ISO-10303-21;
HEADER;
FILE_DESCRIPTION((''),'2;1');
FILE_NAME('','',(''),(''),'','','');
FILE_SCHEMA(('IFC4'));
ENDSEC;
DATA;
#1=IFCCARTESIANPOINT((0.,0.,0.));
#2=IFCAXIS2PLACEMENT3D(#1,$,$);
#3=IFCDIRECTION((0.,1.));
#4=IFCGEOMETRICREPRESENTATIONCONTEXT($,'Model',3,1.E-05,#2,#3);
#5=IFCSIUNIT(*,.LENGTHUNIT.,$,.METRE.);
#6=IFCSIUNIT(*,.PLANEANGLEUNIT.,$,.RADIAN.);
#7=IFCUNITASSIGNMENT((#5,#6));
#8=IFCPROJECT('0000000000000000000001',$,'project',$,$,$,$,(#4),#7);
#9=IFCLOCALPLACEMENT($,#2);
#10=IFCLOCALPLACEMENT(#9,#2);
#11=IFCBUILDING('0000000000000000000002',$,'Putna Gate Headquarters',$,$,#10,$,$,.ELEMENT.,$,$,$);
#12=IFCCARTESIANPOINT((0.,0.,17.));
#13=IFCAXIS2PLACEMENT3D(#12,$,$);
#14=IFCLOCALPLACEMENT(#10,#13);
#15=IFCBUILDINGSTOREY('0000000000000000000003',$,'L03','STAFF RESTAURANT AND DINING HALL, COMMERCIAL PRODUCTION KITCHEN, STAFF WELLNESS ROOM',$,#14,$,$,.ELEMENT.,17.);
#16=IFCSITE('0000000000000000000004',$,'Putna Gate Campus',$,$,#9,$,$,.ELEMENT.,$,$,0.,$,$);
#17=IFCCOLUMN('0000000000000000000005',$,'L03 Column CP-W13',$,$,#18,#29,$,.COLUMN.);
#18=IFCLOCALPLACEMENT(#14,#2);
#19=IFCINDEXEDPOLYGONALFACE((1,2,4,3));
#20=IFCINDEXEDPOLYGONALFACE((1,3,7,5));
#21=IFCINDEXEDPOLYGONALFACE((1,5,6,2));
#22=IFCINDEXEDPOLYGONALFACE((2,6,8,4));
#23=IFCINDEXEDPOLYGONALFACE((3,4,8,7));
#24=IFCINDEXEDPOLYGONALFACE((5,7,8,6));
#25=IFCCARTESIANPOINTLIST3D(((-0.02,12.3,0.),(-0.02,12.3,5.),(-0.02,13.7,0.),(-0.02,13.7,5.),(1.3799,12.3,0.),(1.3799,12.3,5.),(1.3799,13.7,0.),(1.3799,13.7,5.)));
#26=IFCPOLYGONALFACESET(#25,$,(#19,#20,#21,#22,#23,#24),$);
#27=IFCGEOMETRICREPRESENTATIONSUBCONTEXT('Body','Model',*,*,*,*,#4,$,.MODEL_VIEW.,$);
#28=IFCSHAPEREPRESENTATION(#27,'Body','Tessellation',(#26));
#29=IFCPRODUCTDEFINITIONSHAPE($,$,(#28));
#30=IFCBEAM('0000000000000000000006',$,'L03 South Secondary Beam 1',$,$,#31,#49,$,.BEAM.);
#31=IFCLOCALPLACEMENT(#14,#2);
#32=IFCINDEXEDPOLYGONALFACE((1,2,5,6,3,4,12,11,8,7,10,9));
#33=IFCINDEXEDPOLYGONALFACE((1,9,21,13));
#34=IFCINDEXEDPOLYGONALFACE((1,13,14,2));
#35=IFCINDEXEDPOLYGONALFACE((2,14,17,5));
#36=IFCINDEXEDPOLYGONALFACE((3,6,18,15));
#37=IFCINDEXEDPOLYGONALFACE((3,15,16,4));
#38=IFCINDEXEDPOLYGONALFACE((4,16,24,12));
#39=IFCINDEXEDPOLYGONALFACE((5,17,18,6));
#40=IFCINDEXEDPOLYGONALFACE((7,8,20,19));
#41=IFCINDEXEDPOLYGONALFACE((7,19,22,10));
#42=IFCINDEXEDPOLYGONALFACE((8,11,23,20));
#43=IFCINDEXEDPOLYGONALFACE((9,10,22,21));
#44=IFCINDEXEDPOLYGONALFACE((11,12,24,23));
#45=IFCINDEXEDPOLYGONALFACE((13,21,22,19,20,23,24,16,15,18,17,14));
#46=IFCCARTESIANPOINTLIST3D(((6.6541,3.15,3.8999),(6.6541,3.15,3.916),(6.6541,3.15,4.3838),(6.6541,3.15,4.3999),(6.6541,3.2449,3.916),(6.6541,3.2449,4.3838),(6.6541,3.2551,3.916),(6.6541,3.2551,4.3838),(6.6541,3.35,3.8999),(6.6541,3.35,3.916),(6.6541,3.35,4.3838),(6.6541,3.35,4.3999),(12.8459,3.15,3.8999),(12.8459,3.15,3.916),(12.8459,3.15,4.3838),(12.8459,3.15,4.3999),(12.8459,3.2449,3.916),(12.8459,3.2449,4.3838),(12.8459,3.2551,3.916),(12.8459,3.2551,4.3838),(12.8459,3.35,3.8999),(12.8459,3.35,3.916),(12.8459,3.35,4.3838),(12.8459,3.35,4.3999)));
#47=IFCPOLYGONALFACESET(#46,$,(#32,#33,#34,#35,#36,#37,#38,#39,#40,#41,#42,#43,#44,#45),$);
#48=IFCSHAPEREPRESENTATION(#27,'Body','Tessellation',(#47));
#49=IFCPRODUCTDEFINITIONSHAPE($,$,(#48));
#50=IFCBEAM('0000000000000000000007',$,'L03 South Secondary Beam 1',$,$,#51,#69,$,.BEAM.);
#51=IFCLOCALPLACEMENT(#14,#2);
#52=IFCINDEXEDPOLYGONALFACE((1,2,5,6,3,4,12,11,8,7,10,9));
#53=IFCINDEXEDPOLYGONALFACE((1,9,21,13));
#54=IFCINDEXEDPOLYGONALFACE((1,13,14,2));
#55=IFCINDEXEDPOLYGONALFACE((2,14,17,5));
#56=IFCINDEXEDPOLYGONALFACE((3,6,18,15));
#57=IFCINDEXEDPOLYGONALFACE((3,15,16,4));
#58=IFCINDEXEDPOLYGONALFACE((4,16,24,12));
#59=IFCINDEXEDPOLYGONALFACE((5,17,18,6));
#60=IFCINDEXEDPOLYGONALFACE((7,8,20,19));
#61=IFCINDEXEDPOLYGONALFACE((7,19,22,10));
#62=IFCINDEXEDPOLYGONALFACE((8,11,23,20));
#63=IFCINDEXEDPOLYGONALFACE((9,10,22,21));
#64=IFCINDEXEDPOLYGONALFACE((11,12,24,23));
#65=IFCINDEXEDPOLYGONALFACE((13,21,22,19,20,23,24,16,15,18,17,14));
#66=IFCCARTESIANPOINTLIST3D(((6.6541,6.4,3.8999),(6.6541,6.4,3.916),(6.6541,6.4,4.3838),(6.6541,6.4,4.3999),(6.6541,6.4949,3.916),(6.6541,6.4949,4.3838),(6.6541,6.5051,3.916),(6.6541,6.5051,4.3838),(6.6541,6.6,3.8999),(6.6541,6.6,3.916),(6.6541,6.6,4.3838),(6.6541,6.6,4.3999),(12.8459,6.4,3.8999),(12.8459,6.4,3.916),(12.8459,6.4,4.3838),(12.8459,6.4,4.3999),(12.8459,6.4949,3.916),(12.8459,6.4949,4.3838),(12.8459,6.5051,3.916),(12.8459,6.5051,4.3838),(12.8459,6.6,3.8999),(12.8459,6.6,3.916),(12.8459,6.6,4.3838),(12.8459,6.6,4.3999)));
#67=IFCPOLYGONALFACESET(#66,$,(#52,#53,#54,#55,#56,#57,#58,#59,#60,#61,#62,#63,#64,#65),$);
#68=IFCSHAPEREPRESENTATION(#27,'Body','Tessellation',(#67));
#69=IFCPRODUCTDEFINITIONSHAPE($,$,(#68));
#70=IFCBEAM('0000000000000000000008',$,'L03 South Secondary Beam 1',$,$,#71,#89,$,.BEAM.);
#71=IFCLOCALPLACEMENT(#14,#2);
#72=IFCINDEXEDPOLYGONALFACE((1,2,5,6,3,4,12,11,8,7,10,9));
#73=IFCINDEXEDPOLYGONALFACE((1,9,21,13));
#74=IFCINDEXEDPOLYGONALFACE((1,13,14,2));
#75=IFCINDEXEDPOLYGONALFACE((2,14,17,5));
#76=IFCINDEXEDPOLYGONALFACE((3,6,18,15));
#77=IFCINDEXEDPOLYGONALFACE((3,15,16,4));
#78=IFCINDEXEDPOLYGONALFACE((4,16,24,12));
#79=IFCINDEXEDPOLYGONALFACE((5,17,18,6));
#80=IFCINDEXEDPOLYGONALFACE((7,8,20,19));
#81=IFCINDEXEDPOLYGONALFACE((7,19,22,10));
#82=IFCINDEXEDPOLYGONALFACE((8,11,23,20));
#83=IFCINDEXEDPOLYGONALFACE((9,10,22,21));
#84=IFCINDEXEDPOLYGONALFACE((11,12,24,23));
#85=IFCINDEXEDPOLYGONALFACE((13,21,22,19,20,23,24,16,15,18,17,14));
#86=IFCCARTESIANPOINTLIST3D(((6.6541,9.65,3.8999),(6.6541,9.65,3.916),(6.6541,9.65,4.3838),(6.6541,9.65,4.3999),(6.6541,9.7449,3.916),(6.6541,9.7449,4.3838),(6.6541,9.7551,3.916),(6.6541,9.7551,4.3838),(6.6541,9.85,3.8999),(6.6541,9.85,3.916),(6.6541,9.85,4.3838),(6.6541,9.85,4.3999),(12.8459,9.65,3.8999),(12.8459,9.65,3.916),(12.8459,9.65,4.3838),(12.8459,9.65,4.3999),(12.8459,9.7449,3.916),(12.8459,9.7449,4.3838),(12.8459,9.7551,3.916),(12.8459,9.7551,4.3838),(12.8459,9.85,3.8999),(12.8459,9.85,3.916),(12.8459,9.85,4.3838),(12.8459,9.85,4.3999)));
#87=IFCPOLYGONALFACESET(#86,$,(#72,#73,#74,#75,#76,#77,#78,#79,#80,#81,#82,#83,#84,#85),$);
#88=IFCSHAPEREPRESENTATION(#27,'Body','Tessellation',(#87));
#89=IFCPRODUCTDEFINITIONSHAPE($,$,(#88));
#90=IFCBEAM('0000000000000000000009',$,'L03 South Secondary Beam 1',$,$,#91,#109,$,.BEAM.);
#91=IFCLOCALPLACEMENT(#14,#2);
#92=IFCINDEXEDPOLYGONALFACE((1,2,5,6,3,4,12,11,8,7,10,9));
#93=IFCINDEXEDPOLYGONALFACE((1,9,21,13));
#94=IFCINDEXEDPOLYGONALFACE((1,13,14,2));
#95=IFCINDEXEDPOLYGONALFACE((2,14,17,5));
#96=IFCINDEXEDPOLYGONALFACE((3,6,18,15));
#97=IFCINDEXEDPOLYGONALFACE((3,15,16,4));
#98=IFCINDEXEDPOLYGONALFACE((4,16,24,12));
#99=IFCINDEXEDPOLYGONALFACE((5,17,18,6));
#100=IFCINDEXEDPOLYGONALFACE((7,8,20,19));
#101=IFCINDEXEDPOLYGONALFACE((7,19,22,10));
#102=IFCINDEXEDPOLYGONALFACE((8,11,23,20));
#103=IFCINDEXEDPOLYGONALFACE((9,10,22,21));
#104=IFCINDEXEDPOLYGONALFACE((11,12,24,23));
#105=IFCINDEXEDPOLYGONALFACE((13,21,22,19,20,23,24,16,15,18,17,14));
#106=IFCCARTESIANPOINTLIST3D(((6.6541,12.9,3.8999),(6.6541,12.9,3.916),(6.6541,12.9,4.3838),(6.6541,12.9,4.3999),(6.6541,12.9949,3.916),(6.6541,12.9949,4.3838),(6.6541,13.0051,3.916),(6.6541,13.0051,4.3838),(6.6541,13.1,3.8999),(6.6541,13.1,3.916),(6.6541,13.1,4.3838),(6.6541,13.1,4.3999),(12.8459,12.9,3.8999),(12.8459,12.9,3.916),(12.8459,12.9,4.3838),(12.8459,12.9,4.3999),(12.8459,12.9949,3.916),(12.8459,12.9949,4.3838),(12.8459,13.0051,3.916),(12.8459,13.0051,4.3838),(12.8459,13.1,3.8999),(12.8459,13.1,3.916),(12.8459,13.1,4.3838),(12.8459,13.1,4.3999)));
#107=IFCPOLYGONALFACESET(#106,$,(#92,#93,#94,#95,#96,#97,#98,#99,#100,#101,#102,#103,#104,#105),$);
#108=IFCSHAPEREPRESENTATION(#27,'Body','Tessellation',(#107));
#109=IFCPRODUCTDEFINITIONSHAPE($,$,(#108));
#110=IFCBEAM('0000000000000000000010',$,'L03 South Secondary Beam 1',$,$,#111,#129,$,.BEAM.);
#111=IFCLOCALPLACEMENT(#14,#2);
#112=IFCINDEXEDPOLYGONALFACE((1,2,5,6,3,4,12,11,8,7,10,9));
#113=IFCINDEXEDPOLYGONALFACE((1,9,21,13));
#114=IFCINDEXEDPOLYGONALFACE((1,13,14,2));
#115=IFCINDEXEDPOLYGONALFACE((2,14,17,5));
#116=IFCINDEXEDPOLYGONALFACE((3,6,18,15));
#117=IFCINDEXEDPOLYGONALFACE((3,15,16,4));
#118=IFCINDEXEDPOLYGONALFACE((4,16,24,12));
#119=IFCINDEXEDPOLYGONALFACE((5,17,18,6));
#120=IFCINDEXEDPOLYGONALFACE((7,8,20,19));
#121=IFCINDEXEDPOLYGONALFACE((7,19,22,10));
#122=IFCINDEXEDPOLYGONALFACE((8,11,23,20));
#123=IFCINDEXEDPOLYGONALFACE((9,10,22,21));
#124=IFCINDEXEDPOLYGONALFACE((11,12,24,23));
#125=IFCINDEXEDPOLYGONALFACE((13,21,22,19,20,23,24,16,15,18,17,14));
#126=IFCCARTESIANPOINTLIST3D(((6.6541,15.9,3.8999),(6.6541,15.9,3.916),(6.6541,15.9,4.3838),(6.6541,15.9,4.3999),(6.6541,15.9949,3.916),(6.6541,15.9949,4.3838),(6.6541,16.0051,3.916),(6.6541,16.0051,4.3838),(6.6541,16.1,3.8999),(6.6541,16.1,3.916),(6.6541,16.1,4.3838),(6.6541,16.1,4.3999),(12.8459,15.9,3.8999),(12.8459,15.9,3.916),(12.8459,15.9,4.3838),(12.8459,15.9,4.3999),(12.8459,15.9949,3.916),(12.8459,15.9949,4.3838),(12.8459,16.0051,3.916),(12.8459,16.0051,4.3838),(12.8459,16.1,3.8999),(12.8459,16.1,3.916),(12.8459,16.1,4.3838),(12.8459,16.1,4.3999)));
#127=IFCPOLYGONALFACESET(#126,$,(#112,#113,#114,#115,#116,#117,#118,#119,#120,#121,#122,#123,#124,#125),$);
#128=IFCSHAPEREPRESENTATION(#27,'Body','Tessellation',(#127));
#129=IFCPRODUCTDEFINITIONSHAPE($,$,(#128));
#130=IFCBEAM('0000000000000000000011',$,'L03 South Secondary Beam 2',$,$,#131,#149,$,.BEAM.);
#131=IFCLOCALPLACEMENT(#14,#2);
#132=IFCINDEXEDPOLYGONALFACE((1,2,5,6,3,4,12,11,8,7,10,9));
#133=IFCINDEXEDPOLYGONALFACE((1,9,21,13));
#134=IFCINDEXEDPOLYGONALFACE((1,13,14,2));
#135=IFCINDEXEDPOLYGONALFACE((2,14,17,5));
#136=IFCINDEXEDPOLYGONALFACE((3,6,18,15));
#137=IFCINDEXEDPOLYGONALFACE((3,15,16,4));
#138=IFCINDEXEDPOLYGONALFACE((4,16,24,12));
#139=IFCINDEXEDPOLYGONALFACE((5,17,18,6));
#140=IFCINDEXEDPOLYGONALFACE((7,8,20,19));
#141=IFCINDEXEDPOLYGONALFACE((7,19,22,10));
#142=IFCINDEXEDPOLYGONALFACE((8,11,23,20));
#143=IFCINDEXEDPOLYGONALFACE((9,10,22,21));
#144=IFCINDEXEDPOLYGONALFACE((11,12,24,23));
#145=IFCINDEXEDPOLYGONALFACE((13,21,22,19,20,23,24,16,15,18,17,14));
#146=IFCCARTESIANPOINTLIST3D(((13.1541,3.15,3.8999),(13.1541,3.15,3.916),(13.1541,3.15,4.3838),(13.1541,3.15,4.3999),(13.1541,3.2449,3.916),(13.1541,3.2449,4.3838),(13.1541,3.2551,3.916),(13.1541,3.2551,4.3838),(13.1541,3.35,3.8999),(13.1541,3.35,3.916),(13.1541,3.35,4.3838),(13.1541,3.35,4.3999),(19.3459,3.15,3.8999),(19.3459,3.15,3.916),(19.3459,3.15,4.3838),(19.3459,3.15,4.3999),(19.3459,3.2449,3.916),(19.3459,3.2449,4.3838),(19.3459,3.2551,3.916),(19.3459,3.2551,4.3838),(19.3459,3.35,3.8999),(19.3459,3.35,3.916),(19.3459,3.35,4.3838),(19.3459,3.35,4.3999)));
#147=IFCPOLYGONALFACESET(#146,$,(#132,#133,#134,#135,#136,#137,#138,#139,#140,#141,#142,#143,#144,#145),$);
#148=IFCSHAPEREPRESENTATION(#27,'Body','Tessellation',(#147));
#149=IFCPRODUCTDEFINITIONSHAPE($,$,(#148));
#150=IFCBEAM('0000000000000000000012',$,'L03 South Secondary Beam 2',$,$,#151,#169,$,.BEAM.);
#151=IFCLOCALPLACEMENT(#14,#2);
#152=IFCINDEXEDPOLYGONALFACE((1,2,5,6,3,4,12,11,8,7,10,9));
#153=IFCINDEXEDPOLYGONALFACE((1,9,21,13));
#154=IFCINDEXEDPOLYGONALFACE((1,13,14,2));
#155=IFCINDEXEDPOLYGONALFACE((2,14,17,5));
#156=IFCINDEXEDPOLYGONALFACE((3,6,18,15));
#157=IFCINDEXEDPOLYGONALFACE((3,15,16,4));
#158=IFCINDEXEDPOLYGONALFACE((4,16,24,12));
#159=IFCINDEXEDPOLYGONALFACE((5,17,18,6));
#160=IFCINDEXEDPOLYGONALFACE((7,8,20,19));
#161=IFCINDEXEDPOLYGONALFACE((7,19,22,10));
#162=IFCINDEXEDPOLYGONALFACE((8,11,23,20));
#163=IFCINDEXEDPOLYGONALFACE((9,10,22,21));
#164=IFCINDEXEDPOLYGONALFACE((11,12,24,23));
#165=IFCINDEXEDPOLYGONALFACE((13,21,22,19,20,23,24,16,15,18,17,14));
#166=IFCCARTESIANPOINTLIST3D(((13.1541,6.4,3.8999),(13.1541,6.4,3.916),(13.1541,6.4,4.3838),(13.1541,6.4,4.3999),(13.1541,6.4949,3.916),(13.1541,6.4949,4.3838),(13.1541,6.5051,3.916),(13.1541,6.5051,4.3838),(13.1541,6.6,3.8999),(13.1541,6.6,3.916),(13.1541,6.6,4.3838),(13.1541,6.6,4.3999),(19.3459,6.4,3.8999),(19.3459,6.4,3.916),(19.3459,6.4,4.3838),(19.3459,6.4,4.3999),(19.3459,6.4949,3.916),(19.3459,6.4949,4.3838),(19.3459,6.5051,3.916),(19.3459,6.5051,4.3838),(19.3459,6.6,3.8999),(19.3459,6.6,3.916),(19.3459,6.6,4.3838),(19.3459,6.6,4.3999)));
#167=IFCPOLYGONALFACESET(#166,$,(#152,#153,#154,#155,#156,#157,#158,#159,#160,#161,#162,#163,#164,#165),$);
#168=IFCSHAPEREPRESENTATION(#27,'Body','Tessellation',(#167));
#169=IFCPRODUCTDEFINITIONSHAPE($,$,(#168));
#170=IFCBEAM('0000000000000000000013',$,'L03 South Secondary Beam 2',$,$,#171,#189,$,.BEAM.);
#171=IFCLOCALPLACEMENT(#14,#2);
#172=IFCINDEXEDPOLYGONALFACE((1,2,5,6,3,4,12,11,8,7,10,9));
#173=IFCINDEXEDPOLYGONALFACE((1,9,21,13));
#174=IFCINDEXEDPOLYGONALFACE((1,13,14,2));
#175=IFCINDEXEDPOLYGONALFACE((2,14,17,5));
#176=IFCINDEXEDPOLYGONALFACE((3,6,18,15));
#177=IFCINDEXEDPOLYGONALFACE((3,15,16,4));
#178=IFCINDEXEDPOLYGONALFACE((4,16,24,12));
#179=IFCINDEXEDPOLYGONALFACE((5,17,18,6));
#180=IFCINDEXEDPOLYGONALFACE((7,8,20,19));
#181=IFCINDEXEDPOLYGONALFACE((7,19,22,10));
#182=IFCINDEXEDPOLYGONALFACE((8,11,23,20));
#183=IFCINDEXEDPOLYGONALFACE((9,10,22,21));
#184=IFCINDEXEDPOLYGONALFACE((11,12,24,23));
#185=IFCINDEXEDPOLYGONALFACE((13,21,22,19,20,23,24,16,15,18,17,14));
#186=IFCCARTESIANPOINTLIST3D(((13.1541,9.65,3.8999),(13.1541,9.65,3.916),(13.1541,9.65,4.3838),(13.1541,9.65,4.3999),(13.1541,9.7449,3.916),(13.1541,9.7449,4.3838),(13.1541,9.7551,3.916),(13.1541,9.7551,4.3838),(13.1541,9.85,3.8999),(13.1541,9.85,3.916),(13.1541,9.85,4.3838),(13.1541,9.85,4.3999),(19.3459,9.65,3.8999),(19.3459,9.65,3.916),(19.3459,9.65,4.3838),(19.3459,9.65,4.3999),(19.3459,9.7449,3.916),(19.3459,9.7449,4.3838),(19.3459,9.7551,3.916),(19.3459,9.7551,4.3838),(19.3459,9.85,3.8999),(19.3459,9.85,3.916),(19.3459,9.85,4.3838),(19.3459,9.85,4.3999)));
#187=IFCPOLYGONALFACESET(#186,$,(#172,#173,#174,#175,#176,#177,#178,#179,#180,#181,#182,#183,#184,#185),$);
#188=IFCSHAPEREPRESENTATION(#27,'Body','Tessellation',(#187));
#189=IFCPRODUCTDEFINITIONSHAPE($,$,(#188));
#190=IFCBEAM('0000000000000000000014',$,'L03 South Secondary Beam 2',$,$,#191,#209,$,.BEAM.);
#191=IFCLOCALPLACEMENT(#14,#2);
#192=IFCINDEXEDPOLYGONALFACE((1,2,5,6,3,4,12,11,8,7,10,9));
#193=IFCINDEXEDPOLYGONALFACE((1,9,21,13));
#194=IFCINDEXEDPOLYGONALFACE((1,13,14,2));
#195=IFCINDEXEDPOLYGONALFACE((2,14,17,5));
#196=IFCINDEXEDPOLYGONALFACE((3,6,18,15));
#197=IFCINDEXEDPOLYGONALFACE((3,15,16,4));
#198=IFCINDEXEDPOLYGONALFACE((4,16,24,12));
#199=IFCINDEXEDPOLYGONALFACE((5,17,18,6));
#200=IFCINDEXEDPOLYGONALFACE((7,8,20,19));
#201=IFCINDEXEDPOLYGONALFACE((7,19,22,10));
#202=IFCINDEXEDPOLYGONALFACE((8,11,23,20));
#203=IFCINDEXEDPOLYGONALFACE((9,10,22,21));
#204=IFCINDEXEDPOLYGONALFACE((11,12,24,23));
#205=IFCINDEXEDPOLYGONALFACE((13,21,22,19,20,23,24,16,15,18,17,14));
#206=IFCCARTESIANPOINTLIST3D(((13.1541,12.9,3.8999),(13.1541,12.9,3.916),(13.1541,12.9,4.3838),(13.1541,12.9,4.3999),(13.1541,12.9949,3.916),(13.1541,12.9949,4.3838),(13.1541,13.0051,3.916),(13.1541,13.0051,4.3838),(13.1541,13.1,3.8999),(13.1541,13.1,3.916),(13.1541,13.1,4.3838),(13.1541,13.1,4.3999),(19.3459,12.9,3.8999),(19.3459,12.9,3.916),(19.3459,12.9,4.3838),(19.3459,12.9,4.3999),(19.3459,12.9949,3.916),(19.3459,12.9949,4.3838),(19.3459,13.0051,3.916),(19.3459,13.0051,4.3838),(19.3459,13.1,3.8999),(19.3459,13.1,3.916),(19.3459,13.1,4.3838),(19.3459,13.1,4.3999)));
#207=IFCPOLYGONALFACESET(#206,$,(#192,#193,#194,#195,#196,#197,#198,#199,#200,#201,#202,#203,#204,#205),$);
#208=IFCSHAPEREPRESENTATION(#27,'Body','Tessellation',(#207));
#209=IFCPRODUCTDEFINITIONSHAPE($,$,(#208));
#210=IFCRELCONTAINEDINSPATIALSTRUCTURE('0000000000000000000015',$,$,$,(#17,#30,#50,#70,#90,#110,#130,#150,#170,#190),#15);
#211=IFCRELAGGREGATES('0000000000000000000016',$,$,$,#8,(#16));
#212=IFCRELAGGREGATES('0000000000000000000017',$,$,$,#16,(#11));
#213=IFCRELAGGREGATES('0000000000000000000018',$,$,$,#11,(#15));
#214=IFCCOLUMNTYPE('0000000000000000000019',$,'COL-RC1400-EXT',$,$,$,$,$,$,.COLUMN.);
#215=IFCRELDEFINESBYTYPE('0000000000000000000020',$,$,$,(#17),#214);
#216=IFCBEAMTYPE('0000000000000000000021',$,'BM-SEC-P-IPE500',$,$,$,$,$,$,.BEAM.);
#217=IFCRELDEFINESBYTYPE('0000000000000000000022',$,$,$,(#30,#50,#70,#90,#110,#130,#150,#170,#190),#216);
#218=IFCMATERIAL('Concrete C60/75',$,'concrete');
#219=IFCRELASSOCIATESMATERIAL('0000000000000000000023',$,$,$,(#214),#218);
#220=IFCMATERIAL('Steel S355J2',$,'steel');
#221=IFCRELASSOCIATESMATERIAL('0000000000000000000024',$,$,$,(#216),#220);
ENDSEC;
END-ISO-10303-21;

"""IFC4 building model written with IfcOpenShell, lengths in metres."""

from ifc_helpers import new_model, si_unit, direction, frame, origin, origin_2d, place, context, subcontext, project, spatial, rectangle, i_section, extrude, material, material_profile, profile_set, type_object, element, save


model = new_model("IFC4")

# Units and contexts
model_context = context("Model", 3, precision=1e-05, world=origin(), true_north=direction((0.0, 1.0)))
body_context = subcontext(model_context, "Body", "Model", "MODEL_VIEW")
ifc_project = project(units=[si_unit("LENGTHUNIT", "METRE"), si_unit("PLANEANGLEUNIT", "RADIAN")], contexts=[model_context])

# Site, building, storey
site_placement = place(None, origin())
site = spatial("IfcSite", under=ifc_project, at=site_placement, Name="Putna Gate Campus", CompositionType="ELEMENT", RefElevation=0.0)
building_placement = place(site_placement, origin())
building = spatial("IfcBuilding", under=site, at=building_placement, Name="Putna Gate Headquarters", CompositionType="ELEMENT")
storey_placement = place(building_placement, frame((0.0, 0.0, 17.0)))
storey = spatial("IfcBuildingStorey", under=building, at=storey_placement, Name="L03", Description="STAFF RESTAURANT AND DINING HALL, COMMERCIAL PRODUCTION KITCHEN, STAFF WELLNESS ROOM", CompositionType="ELEMENT", Elevation=17.0)

# Column
ifc_material_1 = material(Name="Concrete C60/75", Category="concrete")
ifc_material_profile_1 = material_profile(ifc_material_1, rectangle(XDim=1.3999, YDim=1.3999, at=origin_2d()), Name="Concrete C60/75")
ifc_profile_set_1 = profile_set([ifc_material_profile_1], Name="Concrete C60/75")
column_type = type_object("IfcColumnType", Name="COL-RC1400-EXT", PredefinedType="COLUMN", material=ifc_profile_set_1)
column_placement = place(storey_placement, frame((0.6799, 13.0, 0.0), z_axis=(0.0, 0.0, 1.0), x_axis=(1.0, 0.0, 0.0)))
element("IfcColumn", 1, at=column_placement, inside=storey, type_object=column_type, Name="L03 Column CP-W13", PredefinedType="COLUMN", context=body_context, shape_type="SweptSolid", body=[
    extrude(rectangle(XDim=1.3999, YDim=1.3999, at=origin_2d()), origin(), (0.0, 0.0, 1.0), 5.0),
])

# Beams
ifc_material_2 = material(Name="Steel S355J2", Category="steel")
ifc_material_profile_2 = material_profile(ifc_material_2, i_section(OverallWidth=0.2, OverallDepth=0.5, WebThickness=0.0103, FlangeThickness=0.0161, at=origin_2d()), Name="Steel S355J2")
ifc_profile_set_2 = profile_set([ifc_material_profile_2], Name="Steel S355J2")
beam_type_1 = type_object("IfcBeamType", Name="BM-SEC-P-IPE500", PredefinedType="BEAM", material=ifc_profile_set_2)
for number, where, z_axis, x_axis, name in (
    (2, (6.6541, 3.25, 4.1499), (1.0, 0.0, 0.0), (0.0, 1.0, 0.0), "L03 South Secondary Beam 1"),
    (3, (6.6541, 6.5, 4.1499), (1.0, 0.0, 0.0), (0.0, 1.0, 0.0), "L03 South Secondary Beam 1"),
    (4, (6.6541, 9.75, 4.1499), (1.0, 0.0, 0.0), (0.0, 1.0, 0.0), "L03 South Secondary Beam 1"),
    (5, (6.6541, 13.0, 4.1499), (1.0, 0.0, 0.0), (0.0, 1.0, 0.0), "L03 South Secondary Beam 1"),
    (6, (6.6541, 16.0, 4.1499), (1.0, 0.0, 0.0), (0.0, 1.0, 0.0), "L03 South Secondary Beam 1"),
    (7, (13.1541, 3.25, 4.1499), (1.0, 0.0, 0.0), (0.0, 1.0, 0.0), "L03 South Secondary Beam 2"),
    (8, (13.1541, 6.5, 4.1499), (1.0, 0.0, 0.0), (0.0, 1.0, 0.0), "L03 South Secondary Beam 2"),
    (9, (13.1541, 9.75, 4.1499), (1.0, 0.0, 0.0), (0.0, 1.0, 0.0), "L03 South Secondary Beam 2"),
    (10, (13.1541, 13.0, 4.1499), (1.0, 0.0, 0.0), (0.0, 1.0, 0.0), "L03 South Secondary Beam 2"),
):
    element("IfcBeam", number, at=place(storey_placement, frame(where, z_axis=z_axis, x_axis=x_axis)), inside=storey, type_object=beam_type_1, Name=name, PredefinedType="BEAM", context=body_context, shape_type="SweptSolid", body=[
        extrude(i_section(OverallWidth=0.2, OverallDepth=0.5, WebThickness=0.0103, FlangeThickness=0.0161, at=origin_2d()), origin(), (0.0, 0.0, 1.0), 6.1919),
    ])

save(model, "model.ifc")
